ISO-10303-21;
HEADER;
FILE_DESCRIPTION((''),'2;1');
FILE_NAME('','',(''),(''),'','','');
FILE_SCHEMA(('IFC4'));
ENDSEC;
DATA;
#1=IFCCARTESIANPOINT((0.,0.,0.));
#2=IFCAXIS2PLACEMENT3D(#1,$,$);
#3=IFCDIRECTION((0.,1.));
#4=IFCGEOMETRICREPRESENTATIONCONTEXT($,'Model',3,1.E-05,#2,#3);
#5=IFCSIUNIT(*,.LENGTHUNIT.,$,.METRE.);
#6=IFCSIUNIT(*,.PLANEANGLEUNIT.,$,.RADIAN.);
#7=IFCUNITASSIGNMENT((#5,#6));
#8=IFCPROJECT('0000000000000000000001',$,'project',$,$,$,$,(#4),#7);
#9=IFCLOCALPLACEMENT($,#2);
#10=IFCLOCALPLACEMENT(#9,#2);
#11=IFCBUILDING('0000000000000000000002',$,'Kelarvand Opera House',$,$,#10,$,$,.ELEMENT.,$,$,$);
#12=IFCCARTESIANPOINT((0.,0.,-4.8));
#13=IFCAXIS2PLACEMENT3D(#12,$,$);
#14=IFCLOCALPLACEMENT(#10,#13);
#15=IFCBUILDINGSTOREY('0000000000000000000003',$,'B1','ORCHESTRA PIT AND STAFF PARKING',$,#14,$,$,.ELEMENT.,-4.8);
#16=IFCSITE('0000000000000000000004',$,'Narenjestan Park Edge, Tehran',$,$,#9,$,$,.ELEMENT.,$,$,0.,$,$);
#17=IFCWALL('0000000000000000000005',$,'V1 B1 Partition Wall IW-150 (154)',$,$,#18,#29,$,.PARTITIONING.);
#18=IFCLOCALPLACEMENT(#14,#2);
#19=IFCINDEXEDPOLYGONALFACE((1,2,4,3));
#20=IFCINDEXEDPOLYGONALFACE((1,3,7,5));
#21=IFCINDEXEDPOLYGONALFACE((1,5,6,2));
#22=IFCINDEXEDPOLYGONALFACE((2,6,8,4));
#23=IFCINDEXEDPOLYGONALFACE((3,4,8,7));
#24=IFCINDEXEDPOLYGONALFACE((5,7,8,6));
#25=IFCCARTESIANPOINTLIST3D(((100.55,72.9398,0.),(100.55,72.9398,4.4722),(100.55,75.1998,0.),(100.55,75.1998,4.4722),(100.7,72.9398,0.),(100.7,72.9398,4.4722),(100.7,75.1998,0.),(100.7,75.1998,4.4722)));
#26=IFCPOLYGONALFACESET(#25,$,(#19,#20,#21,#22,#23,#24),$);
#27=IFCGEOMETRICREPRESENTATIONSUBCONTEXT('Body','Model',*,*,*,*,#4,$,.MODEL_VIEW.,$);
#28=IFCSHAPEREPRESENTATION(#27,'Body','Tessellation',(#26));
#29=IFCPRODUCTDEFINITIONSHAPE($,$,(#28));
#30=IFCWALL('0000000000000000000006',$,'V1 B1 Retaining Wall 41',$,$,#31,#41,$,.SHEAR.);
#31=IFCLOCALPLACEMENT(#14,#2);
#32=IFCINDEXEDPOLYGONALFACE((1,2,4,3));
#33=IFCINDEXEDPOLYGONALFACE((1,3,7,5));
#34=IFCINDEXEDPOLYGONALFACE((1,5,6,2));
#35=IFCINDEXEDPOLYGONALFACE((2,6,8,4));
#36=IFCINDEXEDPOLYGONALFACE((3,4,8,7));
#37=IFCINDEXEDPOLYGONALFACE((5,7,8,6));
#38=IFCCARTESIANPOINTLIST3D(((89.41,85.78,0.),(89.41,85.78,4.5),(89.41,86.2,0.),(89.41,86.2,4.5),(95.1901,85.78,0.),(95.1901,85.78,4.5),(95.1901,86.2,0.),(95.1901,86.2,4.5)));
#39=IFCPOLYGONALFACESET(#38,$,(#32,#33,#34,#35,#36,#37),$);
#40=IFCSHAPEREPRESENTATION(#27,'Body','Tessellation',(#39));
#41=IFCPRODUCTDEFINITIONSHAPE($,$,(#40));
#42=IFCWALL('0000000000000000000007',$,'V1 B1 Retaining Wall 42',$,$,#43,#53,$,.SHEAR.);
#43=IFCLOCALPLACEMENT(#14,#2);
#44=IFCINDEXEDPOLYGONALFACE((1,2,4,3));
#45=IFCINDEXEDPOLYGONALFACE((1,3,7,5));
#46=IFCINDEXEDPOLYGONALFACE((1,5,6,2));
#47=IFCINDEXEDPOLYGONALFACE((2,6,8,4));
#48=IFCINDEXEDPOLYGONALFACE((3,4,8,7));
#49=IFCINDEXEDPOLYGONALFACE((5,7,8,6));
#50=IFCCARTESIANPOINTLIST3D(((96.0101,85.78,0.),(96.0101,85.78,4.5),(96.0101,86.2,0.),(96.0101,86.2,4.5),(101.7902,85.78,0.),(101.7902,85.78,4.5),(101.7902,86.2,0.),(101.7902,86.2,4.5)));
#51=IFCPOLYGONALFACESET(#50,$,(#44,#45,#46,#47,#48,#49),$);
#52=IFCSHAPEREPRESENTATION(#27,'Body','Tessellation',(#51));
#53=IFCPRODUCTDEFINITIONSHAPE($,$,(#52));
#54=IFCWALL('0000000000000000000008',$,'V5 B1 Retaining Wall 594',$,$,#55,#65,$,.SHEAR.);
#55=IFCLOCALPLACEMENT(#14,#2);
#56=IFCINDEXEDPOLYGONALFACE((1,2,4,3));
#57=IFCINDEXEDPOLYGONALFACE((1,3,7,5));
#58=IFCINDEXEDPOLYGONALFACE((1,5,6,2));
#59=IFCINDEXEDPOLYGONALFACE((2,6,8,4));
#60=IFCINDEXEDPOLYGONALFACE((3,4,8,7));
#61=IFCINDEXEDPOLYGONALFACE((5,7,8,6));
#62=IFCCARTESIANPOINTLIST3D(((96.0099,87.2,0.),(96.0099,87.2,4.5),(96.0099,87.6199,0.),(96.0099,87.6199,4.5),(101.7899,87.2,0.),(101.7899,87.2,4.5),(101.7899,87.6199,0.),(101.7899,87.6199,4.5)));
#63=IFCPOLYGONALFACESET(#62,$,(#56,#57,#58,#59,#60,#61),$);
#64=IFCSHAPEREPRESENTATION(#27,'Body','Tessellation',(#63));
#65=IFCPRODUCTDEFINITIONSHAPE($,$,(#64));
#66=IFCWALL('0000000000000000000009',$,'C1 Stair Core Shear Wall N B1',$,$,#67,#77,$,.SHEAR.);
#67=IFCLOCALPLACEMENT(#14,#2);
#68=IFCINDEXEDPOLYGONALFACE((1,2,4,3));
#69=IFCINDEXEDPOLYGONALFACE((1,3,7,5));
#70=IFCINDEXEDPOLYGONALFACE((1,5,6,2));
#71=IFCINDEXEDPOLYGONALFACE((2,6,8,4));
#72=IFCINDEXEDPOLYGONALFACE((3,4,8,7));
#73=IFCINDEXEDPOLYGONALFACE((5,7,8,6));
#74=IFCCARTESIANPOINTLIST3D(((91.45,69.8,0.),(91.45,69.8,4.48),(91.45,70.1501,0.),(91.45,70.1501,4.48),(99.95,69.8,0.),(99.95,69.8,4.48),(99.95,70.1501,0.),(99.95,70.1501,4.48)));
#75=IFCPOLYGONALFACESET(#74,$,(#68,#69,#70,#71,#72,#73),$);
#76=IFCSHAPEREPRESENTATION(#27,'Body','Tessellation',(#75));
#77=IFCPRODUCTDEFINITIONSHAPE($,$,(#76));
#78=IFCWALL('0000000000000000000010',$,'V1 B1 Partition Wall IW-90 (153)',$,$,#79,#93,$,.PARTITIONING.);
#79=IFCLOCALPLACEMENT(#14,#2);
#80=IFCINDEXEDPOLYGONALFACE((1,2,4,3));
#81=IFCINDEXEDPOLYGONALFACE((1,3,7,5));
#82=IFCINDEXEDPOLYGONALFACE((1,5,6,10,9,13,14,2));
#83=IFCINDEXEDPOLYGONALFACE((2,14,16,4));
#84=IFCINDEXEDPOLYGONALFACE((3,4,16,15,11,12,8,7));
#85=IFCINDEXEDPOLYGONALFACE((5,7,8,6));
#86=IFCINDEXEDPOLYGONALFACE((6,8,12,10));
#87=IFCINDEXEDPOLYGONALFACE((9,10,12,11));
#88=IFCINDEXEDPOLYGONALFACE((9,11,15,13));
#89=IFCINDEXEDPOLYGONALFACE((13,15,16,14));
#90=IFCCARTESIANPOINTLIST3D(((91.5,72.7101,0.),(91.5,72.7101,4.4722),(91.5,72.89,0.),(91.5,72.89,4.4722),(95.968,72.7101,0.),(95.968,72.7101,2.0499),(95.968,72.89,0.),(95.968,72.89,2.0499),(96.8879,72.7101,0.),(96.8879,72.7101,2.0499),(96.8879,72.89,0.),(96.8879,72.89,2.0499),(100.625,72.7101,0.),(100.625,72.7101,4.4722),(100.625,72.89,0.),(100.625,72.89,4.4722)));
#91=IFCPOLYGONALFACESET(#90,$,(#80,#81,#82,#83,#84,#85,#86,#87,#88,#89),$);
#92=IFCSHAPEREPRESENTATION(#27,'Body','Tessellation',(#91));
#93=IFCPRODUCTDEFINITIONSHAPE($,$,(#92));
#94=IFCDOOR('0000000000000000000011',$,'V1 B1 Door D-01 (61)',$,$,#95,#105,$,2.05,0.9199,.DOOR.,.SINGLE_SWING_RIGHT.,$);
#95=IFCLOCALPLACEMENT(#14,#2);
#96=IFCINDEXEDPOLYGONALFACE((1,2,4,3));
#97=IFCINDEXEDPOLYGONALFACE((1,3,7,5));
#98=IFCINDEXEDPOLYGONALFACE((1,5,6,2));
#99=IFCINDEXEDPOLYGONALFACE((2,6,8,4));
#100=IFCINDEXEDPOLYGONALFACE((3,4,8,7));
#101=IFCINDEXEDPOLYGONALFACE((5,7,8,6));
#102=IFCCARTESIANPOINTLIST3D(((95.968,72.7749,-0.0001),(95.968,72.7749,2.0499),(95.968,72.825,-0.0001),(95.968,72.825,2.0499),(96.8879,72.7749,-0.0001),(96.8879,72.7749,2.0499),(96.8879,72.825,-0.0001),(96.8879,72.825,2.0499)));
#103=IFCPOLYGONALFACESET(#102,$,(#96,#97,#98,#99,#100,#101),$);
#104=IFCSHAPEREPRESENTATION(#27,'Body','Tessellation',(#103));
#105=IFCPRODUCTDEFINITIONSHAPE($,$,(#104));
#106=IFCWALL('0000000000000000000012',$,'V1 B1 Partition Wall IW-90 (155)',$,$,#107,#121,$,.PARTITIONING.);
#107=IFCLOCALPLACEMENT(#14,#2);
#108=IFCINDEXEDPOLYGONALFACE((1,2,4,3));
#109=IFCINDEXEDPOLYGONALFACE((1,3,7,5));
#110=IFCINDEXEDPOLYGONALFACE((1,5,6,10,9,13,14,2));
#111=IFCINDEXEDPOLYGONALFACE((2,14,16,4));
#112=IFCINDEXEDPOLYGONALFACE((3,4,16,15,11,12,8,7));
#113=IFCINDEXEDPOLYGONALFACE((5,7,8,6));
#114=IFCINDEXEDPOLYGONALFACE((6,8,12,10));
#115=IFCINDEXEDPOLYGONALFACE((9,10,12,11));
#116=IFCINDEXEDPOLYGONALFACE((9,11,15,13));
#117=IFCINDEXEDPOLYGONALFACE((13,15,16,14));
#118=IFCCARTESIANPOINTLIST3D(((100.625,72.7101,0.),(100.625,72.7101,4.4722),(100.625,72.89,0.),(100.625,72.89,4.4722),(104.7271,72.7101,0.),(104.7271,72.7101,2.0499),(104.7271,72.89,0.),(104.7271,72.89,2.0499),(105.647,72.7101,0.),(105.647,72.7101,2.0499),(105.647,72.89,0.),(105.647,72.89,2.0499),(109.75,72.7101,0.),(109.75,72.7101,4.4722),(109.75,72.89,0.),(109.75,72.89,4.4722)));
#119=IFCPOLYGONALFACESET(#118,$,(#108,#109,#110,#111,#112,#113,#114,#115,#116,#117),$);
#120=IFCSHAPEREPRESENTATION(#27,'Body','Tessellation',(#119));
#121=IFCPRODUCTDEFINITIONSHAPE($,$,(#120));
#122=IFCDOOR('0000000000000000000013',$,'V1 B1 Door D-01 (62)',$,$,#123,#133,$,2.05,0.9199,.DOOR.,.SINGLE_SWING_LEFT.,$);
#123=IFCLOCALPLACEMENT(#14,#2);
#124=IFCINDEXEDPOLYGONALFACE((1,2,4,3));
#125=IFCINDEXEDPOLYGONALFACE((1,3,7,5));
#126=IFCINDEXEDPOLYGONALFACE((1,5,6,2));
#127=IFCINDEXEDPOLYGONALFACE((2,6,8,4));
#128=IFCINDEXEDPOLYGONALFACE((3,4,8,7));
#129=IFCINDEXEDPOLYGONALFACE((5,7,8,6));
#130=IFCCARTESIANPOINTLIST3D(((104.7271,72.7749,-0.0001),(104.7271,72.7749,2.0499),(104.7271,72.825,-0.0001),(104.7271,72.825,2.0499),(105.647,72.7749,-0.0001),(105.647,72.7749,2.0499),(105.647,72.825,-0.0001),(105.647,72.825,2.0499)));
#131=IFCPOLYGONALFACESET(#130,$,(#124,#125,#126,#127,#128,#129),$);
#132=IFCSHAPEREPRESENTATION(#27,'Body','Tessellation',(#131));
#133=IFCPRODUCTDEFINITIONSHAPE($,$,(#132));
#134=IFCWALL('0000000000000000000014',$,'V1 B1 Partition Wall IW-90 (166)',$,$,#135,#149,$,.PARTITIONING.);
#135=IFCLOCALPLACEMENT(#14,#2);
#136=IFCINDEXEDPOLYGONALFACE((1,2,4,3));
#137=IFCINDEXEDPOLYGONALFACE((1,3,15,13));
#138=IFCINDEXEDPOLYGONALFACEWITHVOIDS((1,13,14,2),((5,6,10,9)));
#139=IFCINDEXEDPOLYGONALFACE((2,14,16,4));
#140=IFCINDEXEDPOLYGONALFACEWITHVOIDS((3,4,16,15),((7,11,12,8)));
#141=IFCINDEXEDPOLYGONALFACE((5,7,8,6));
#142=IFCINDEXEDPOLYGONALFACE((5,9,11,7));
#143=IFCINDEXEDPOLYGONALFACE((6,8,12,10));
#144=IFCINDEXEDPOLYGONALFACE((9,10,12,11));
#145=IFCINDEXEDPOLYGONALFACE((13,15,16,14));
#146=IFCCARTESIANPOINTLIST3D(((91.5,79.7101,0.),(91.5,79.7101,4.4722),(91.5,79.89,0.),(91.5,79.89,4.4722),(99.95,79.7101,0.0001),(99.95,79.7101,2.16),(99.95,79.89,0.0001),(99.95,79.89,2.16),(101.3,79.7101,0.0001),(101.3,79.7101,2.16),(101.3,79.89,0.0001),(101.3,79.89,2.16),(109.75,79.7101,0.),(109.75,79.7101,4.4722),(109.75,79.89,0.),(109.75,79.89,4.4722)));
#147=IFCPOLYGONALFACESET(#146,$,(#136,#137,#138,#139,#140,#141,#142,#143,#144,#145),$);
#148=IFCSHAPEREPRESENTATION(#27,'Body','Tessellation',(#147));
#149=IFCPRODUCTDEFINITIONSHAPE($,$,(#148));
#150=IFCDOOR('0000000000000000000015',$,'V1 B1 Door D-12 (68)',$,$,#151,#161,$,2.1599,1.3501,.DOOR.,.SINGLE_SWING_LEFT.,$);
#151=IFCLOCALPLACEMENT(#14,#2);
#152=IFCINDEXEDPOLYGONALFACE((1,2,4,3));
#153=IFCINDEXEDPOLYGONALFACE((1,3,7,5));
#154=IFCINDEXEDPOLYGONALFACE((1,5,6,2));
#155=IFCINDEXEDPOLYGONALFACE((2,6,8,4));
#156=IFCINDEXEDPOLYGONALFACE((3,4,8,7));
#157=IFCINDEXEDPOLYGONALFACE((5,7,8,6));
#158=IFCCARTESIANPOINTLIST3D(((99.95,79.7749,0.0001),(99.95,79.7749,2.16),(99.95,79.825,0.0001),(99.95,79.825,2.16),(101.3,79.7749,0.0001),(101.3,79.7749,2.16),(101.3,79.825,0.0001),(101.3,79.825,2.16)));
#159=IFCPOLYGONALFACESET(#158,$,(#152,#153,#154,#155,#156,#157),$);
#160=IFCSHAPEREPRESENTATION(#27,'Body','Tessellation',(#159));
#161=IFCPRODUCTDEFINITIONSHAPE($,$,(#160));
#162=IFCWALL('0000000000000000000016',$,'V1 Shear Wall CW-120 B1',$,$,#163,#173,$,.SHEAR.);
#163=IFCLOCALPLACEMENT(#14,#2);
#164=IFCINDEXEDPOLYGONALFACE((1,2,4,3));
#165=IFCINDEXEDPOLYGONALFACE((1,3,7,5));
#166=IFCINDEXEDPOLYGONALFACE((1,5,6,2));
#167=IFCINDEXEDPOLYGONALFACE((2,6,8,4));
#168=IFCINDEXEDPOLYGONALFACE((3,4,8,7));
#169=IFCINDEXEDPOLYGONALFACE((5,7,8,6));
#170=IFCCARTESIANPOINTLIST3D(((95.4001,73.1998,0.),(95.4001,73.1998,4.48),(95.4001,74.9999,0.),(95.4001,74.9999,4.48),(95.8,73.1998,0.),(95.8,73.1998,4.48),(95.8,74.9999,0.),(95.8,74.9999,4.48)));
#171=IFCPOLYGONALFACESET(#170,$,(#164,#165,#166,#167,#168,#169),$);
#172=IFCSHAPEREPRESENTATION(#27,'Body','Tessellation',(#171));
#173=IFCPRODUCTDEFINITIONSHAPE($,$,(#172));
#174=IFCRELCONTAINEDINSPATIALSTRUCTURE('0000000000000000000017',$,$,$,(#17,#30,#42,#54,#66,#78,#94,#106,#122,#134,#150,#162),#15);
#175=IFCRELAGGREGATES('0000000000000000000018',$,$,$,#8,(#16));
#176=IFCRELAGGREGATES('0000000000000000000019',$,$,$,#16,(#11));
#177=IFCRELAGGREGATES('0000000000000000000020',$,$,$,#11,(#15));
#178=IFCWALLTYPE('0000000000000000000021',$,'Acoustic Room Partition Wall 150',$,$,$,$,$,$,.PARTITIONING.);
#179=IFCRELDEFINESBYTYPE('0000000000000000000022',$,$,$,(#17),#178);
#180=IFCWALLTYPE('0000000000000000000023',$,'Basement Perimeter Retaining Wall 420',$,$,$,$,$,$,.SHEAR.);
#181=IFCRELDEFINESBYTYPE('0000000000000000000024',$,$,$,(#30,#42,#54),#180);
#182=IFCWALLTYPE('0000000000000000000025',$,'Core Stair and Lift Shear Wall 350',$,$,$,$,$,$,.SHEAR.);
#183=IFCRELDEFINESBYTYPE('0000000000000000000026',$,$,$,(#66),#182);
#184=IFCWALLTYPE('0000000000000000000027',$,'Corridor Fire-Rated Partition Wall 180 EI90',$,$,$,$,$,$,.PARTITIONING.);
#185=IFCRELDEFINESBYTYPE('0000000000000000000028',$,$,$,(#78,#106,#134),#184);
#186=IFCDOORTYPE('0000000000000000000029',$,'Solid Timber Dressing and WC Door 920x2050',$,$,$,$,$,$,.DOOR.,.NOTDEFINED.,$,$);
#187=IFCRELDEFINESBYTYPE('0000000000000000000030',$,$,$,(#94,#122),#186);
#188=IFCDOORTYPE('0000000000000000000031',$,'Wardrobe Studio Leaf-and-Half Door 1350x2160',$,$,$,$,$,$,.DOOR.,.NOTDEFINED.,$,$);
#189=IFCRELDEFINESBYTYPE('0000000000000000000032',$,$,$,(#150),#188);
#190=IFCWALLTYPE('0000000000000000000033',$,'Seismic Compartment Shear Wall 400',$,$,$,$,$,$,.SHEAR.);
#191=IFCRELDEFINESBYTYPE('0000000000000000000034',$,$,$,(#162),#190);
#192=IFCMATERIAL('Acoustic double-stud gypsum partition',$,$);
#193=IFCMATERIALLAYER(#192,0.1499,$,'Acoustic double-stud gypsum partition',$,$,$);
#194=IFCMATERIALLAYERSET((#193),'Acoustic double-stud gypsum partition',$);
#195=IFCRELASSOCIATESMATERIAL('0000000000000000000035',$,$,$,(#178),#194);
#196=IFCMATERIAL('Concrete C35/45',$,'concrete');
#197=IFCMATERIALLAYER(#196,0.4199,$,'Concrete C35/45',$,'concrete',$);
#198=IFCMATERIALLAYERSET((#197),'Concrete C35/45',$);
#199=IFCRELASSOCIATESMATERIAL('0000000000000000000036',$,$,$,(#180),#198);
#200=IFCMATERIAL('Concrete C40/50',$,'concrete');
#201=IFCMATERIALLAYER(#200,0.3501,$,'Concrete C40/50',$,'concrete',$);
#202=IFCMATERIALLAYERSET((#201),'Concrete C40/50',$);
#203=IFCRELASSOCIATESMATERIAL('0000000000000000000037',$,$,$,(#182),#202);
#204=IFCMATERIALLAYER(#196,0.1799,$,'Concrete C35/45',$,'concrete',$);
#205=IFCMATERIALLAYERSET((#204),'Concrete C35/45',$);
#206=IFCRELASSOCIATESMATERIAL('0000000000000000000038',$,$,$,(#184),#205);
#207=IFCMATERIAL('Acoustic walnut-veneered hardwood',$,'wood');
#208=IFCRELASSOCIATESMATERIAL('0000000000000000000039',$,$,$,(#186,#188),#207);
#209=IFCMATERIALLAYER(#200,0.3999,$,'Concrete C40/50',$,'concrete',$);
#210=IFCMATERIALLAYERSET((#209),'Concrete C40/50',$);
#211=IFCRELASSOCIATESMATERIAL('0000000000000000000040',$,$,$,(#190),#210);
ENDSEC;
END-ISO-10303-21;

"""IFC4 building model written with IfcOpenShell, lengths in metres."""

from ifc_helpers import new_model, si_unit, direction, frame, frame_2d, origin, place, context, subcontext, project, spatial, rectangle, extrude, material, layer, layer_set, type_object, element, fill, save


model = new_model("IFC4")

# Units and contexts
model_context = context("Model", 3, precision=1e-05, world=origin(), true_north=direction((0.0, 1.0)))
body_context = subcontext(model_context, "Body", "Model", "MODEL_VIEW")
ifc_project = project(units=[si_unit("LENGTHUNIT", "METRE"), si_unit("PLANEANGLEUNIT", "RADIAN")], contexts=[model_context])

# Site, building, storey
site_placement = place(None, origin())
site = spatial("IfcSite", under=ifc_project, at=site_placement, Name="Narenjestan Park Edge, Tehran", CompositionType="ELEMENT", RefElevation=0.0)
building_placement = place(site_placement, origin())
building = spatial("IfcBuilding", under=site, at=building_placement, Name="Kelarvand Opera House", CompositionType="ELEMENT")
storey_placement = place(building_placement, frame((0.0, 0.0, -4.8)))
storey = spatial("IfcBuildingStorey", under=building, at=storey_placement, Name="B1", Description="ORCHESTRA PIT AND STAFF PARKING", CompositionType="ELEMENT", Elevation=-4.8)

# Shared definitions
ifc_material_1 = material(Name="Concrete C40/50", Category="concrete")

# Walls
ifc_material_2 = material(Name="Acoustic double-stud gypsum partition")
ifc_layer_1 = layer(ifc_material_2, 0.1499, Name="Acoustic double-stud gypsum partition")
ifc_layer_set_1 = layer_set([ifc_layer_1], Name="Acoustic double-stud gypsum partition")
wall_type_1 = type_object("IfcWallType", Name="Acoustic Room Partition Wall 150", PredefinedType="PARTITIONING", material=ifc_layer_set_1)
wall_1_placement = place(storey_placement, frame((100.625, 72.9399, 0.0), z_axis=(0.0, 0.0, 1.0), x_axis=(0.0, 1.0, 0.0)))
element("IfcWall", 1, at=wall_1_placement, inside=storey, type_object=wall_type_1, Name="V1 B1 Partition Wall IW-150 (154)", PredefinedType="PARTITIONING", context=body_context, shape_type="SweptSolid", body=[
    extrude(rectangle(XDim=2.26, YDim=0.1499, at=frame_2d((1.1299, 0.0))), origin(), (0.0, 0.0, 1.0), 4.4722),
])
ifc_material_3 = material(Name="Concrete C35/45", Category="concrete")
ifc_layer_2 = layer(ifc_material_3, 0.4199, Name="Concrete C35/45", Category="concrete")
ifc_layer_set_2 = layer_set([ifc_layer_2], Name="Concrete C35/45")
wall_type_2 = type_object("IfcWallType", Name="Basement Perimeter Retaining Wall 420", PredefinedType="SHEAR", material=ifc_layer_set_2)
for number, where, z_axis, x_axis, name in (
    (2, (89.4099, 85.99, 0.0), (0.0, 0.0, 1.0), (1.0, 0.0, 0.0), "V1 B1 Retaining Wall 41"),
    (3, (96.01, 85.99, 0.0), (0.0, 0.0, 1.0), (1.0, 0.0, 0.0), "V1 B1 Retaining Wall 42"),
    (4, (101.79, 87.4099, 0.0), (0.0, 0.0, 1.0), (-1.0, 0.0, 0.0), "V5 B1 Retaining Wall 594"),
):
    element("IfcWall", number, at=place(storey_placement, frame(where, z_axis=z_axis, x_axis=x_axis)), inside=storey, type_object=wall_type_2, Name=name, PredefinedType="SHEAR", context=body_context, shape_type="SweptSolid", body=[
        extrude(rectangle(XDim=5.78, YDim=0.4199, at=frame_2d((2.8901, 0.0))), origin(), (0.0, 0.0, 1.0), 4.5),
    ])
ifc_layer_3 = layer(ifc_material_1, 0.3501, Name="Concrete C40/50", Category="concrete")
ifc_layer_set_3 = layer_set([ifc_layer_3], Name="Concrete C40/50")
wall_type_3 = type_object("IfcWallType", Name="Core Stair and Lift Shear Wall 350", PredefinedType="SHEAR", material=ifc_layer_set_3)
wall_2_placement = place(storey_placement, frame((99.95, 69.9751, 0.0), z_axis=(0.0, 0.0, 1.0), x_axis=(-1.0, 0.0, 0.0)))
element("IfcWall", 5, at=wall_2_placement, inside=storey, type_object=wall_type_3, Name="C1 Stair Core Shear Wall N B1", PredefinedType="SHEAR", context=body_context, shape_type="SweptSolid", body=[
    extrude(rectangle(XDim=8.5, YDim=0.3501, at=frame_2d((4.25, 0.0))), origin(), (0.0, 0.0, 1.0), 4.48),
])

# Walls, openings, doors
ifc_layer_4 = layer(ifc_material_3, 0.1799, Name="Concrete C35/45", Category="concrete")
ifc_layer_set_4 = layer_set([ifc_layer_4], Name="Concrete C35/45")
wall_type_4 = type_object("IfcWallType", Name="Corridor Fire-Rated Partition Wall 180 EI90", PredefinedType="PARTITIONING", material=ifc_layer_set_4)
wall_3_placement = place(storey_placement, frame((91.5, 72.8, 0.0), z_axis=(0.0, 0.0, 1.0), x_axis=(1.0, 0.0, 0.0)))
wall_3 = element("IfcWall", 6, at=wall_3_placement, inside=storey, type_object=wall_type_4, Name="V1 B1 Partition Wall IW-90 (153)", PredefinedType="PARTITIONING", context=body_context, shape_type="SweptSolid", body=[
    extrude(rectangle(XDim=9.125, YDim=0.1799, at=frame_2d((4.5625, 0.0))), origin(), (0.0, 0.0, 1.0), 4.4722),
])
opening_1_placement = place(wall_3_placement, frame((4.468, 0.0, 0.0)))
opening_1 = element("IfcOpeningElement", 7, at=opening_1_placement, cuts=wall_3, PredefinedType="OPENING", context=body_context, shape_type="SweptSolid", body=[
    extrude(rectangle(XDim=0.9199, YDim=2.05, at=frame_2d((0.46, 1.0249))), frame((0.0, 0.1001, 0.0), z_axis=(0.0, -1.0, 0.0), x_axis=(1.0, 0.0, 0.0)), (0.0, 0.0, 1.0), 0.2),
])
ifc_material_4 = material(Name="Acoustic walnut-veneered hardwood", Category="wood")
door_type_1 = type_object("IfcDoorType", Name="Solid Timber Dressing and WC Door 920x2050", OperationType="NOTDEFINED", PredefinedType="DOOR", material=ifc_material_4)
door_1_placement = place(opening_1_placement, origin())
door_1 = element("IfcDoor", 8, at=door_1_placement, inside=storey, type_object=door_type_1, Name="V1 B1 Door D-01 (61)", OperationType="SINGLE_SWING_RIGHT", OverallHeight=2.05, OverallWidth=0.9199, PredefinedType="DOOR", context=body_context, shape_type="SweptSolid", body=[
    extrude(rectangle(XDim=0.9199, YDim=2.05, at=frame_2d((0.46, 1.0249))), frame((0.0, 0.0249, 0.0), z_axis=(0.0, -1.0, 0.0), x_axis=(1.0, 0.0, 0.0)), (0.0, 0.0, 1.0), 0.05),
])
fill(opening_1, door_1)
wall_4_placement = place(storey_placement, frame((100.625, 72.8, 0.0), z_axis=(0.0, 0.0, 1.0), x_axis=(1.0, 0.0, 0.0)))
wall_4 = element("IfcWall", 9, at=wall_4_placement, inside=storey, type_object=wall_type_4, Name="V1 B1 Partition Wall IW-90 (155)", PredefinedType="PARTITIONING", context=body_context, shape_type="SweptSolid", body=[
    extrude(rectangle(XDim=9.125, YDim=0.1799, at=frame_2d((4.5625, 0.0))), origin(), (0.0, 0.0, 1.0), 4.4722),
])
opening_2_placement = place(wall_4_placement, frame((4.1021, 0.0, 0.0)))
opening_2 = element("IfcOpeningElement", 10, at=opening_2_placement, cuts=wall_4, PredefinedType="OPENING", context=body_context, shape_type="SweptSolid", body=[
    extrude(rectangle(XDim=0.9199, YDim=2.05, at=frame_2d((0.46, 1.0249))), frame((0.0, 0.1001, 0.0), z_axis=(0.0, -1.0, 0.0), x_axis=(1.0, 0.0, 0.0)), (0.0, 0.0, 1.0), 0.2),
])
door_2_placement = place(opening_2_placement, origin())
door_2 = element("IfcDoor", 11, at=door_2_placement, inside=storey, type_object=door_type_1, Name="V1 B1 Door D-01 (62)", OperationType="SINGLE_SWING_LEFT", OverallHeight=2.05, OverallWidth=0.9199, PredefinedType="DOOR", context=body_context, shape_type="SweptSolid", body=[
    extrude(rectangle(XDim=0.9199, YDim=2.05, at=frame_2d((0.46, 1.0249))), frame((0.0, 0.0249, 0.0), z_axis=(0.0, -1.0, 0.0), x_axis=(1.0, 0.0, 0.0)), (0.0, 0.0, 1.0), 0.05),
])
fill(opening_2, door_2)
wall_5_placement = place(storey_placement, frame((91.5, 79.8, 0.0), z_axis=(0.0, 0.0, 1.0), x_axis=(1.0, 0.0, 0.0)))
wall_5 = element("IfcWall", 12, at=wall_5_placement, inside=storey, type_object=wall_type_4, Name="V1 B1 Partition Wall IW-90 (166)", PredefinedType="PARTITIONING", context=body_context, shape_type="SweptSolid", body=[
    extrude(rectangle(XDim=18.25, YDim=0.1799, at=frame_2d((9.125, 0.0))), origin(), (0.0, 0.0, 1.0), 4.4722),
])
opening_3_placement = place(wall_5_placement, frame((8.45, 0.0, 0.0)))
opening_3 = element("IfcOpeningElement", 13, at=opening_3_placement, cuts=wall_5, PredefinedType="OPENING", context=body_context, shape_type="SweptSolid", body=[
    extrude(rectangle(XDim=1.3501, YDim=2.1599, at=frame_2d((0.675, 1.0801))), frame((0.0, 0.1001, 0.0), z_axis=(0.0, -1.0, 0.0), x_axis=(1.0, 0.0, 0.0)), (0.0, 0.0, 1.0), 0.2),
])
door_type_2 = type_object("IfcDoorType", Name="Wardrobe Studio Leaf-and-Half Door 1350x2160", OperationType="NOTDEFINED", PredefinedType="DOOR", material=ifc_material_4)
door_3_placement = place(opening_3_placement, origin())
door_3 = element("IfcDoor", 14, at=door_3_placement, inside=storey, type_object=door_type_2, Name="V1 B1 Door D-12 (68)", OperationType="SINGLE_SWING_LEFT", OverallHeight=2.1599, OverallWidth=1.3501, PredefinedType="DOOR", context=body_context, shape_type="SweptSolid", body=[
    extrude(rectangle(XDim=1.3501, YDim=2.1599, at=frame_2d((0.675, 1.0801))), frame((0.0, 0.0249, 0.0), z_axis=(0.0, -1.0, 0.0), x_axis=(1.0, 0.0, 0.0)), (0.0, 0.0, 1.0), 0.05),
])
fill(opening_3, door_3)

# Wall
ifc_layer_5 = layer(ifc_material_1, 0.3999, Name="Concrete C40/50", Category="concrete")
ifc_layer_set_5 = layer_set([ifc_layer_5], Name="Concrete C40/50")
wall_type_5 = type_object("IfcWallType", Name="Seismic Compartment Shear Wall 400", PredefinedType="SHEAR", material=ifc_layer_set_5)
wall_6_placement = place(storey_placement, frame((95.6001, 73.2, 0.0), z_axis=(0.0, 0.0, 1.0), x_axis=(0.0, 1.0, 0.0)))
element("IfcWall", 15, at=wall_6_placement, inside=storey, type_object=wall_type_5, Name="V1 Shear Wall CW-120 B1", PredefinedType="SHEAR", context=body_context, shape_type="SweptSolid", body=[
    extrude(rectangle(XDim=1.8, YDim=0.3999, at=frame_2d((0.8999, 0.0))), origin(), (0.0, 0.0, 1.0), 4.48),
])

save(model, "model.ifc")
